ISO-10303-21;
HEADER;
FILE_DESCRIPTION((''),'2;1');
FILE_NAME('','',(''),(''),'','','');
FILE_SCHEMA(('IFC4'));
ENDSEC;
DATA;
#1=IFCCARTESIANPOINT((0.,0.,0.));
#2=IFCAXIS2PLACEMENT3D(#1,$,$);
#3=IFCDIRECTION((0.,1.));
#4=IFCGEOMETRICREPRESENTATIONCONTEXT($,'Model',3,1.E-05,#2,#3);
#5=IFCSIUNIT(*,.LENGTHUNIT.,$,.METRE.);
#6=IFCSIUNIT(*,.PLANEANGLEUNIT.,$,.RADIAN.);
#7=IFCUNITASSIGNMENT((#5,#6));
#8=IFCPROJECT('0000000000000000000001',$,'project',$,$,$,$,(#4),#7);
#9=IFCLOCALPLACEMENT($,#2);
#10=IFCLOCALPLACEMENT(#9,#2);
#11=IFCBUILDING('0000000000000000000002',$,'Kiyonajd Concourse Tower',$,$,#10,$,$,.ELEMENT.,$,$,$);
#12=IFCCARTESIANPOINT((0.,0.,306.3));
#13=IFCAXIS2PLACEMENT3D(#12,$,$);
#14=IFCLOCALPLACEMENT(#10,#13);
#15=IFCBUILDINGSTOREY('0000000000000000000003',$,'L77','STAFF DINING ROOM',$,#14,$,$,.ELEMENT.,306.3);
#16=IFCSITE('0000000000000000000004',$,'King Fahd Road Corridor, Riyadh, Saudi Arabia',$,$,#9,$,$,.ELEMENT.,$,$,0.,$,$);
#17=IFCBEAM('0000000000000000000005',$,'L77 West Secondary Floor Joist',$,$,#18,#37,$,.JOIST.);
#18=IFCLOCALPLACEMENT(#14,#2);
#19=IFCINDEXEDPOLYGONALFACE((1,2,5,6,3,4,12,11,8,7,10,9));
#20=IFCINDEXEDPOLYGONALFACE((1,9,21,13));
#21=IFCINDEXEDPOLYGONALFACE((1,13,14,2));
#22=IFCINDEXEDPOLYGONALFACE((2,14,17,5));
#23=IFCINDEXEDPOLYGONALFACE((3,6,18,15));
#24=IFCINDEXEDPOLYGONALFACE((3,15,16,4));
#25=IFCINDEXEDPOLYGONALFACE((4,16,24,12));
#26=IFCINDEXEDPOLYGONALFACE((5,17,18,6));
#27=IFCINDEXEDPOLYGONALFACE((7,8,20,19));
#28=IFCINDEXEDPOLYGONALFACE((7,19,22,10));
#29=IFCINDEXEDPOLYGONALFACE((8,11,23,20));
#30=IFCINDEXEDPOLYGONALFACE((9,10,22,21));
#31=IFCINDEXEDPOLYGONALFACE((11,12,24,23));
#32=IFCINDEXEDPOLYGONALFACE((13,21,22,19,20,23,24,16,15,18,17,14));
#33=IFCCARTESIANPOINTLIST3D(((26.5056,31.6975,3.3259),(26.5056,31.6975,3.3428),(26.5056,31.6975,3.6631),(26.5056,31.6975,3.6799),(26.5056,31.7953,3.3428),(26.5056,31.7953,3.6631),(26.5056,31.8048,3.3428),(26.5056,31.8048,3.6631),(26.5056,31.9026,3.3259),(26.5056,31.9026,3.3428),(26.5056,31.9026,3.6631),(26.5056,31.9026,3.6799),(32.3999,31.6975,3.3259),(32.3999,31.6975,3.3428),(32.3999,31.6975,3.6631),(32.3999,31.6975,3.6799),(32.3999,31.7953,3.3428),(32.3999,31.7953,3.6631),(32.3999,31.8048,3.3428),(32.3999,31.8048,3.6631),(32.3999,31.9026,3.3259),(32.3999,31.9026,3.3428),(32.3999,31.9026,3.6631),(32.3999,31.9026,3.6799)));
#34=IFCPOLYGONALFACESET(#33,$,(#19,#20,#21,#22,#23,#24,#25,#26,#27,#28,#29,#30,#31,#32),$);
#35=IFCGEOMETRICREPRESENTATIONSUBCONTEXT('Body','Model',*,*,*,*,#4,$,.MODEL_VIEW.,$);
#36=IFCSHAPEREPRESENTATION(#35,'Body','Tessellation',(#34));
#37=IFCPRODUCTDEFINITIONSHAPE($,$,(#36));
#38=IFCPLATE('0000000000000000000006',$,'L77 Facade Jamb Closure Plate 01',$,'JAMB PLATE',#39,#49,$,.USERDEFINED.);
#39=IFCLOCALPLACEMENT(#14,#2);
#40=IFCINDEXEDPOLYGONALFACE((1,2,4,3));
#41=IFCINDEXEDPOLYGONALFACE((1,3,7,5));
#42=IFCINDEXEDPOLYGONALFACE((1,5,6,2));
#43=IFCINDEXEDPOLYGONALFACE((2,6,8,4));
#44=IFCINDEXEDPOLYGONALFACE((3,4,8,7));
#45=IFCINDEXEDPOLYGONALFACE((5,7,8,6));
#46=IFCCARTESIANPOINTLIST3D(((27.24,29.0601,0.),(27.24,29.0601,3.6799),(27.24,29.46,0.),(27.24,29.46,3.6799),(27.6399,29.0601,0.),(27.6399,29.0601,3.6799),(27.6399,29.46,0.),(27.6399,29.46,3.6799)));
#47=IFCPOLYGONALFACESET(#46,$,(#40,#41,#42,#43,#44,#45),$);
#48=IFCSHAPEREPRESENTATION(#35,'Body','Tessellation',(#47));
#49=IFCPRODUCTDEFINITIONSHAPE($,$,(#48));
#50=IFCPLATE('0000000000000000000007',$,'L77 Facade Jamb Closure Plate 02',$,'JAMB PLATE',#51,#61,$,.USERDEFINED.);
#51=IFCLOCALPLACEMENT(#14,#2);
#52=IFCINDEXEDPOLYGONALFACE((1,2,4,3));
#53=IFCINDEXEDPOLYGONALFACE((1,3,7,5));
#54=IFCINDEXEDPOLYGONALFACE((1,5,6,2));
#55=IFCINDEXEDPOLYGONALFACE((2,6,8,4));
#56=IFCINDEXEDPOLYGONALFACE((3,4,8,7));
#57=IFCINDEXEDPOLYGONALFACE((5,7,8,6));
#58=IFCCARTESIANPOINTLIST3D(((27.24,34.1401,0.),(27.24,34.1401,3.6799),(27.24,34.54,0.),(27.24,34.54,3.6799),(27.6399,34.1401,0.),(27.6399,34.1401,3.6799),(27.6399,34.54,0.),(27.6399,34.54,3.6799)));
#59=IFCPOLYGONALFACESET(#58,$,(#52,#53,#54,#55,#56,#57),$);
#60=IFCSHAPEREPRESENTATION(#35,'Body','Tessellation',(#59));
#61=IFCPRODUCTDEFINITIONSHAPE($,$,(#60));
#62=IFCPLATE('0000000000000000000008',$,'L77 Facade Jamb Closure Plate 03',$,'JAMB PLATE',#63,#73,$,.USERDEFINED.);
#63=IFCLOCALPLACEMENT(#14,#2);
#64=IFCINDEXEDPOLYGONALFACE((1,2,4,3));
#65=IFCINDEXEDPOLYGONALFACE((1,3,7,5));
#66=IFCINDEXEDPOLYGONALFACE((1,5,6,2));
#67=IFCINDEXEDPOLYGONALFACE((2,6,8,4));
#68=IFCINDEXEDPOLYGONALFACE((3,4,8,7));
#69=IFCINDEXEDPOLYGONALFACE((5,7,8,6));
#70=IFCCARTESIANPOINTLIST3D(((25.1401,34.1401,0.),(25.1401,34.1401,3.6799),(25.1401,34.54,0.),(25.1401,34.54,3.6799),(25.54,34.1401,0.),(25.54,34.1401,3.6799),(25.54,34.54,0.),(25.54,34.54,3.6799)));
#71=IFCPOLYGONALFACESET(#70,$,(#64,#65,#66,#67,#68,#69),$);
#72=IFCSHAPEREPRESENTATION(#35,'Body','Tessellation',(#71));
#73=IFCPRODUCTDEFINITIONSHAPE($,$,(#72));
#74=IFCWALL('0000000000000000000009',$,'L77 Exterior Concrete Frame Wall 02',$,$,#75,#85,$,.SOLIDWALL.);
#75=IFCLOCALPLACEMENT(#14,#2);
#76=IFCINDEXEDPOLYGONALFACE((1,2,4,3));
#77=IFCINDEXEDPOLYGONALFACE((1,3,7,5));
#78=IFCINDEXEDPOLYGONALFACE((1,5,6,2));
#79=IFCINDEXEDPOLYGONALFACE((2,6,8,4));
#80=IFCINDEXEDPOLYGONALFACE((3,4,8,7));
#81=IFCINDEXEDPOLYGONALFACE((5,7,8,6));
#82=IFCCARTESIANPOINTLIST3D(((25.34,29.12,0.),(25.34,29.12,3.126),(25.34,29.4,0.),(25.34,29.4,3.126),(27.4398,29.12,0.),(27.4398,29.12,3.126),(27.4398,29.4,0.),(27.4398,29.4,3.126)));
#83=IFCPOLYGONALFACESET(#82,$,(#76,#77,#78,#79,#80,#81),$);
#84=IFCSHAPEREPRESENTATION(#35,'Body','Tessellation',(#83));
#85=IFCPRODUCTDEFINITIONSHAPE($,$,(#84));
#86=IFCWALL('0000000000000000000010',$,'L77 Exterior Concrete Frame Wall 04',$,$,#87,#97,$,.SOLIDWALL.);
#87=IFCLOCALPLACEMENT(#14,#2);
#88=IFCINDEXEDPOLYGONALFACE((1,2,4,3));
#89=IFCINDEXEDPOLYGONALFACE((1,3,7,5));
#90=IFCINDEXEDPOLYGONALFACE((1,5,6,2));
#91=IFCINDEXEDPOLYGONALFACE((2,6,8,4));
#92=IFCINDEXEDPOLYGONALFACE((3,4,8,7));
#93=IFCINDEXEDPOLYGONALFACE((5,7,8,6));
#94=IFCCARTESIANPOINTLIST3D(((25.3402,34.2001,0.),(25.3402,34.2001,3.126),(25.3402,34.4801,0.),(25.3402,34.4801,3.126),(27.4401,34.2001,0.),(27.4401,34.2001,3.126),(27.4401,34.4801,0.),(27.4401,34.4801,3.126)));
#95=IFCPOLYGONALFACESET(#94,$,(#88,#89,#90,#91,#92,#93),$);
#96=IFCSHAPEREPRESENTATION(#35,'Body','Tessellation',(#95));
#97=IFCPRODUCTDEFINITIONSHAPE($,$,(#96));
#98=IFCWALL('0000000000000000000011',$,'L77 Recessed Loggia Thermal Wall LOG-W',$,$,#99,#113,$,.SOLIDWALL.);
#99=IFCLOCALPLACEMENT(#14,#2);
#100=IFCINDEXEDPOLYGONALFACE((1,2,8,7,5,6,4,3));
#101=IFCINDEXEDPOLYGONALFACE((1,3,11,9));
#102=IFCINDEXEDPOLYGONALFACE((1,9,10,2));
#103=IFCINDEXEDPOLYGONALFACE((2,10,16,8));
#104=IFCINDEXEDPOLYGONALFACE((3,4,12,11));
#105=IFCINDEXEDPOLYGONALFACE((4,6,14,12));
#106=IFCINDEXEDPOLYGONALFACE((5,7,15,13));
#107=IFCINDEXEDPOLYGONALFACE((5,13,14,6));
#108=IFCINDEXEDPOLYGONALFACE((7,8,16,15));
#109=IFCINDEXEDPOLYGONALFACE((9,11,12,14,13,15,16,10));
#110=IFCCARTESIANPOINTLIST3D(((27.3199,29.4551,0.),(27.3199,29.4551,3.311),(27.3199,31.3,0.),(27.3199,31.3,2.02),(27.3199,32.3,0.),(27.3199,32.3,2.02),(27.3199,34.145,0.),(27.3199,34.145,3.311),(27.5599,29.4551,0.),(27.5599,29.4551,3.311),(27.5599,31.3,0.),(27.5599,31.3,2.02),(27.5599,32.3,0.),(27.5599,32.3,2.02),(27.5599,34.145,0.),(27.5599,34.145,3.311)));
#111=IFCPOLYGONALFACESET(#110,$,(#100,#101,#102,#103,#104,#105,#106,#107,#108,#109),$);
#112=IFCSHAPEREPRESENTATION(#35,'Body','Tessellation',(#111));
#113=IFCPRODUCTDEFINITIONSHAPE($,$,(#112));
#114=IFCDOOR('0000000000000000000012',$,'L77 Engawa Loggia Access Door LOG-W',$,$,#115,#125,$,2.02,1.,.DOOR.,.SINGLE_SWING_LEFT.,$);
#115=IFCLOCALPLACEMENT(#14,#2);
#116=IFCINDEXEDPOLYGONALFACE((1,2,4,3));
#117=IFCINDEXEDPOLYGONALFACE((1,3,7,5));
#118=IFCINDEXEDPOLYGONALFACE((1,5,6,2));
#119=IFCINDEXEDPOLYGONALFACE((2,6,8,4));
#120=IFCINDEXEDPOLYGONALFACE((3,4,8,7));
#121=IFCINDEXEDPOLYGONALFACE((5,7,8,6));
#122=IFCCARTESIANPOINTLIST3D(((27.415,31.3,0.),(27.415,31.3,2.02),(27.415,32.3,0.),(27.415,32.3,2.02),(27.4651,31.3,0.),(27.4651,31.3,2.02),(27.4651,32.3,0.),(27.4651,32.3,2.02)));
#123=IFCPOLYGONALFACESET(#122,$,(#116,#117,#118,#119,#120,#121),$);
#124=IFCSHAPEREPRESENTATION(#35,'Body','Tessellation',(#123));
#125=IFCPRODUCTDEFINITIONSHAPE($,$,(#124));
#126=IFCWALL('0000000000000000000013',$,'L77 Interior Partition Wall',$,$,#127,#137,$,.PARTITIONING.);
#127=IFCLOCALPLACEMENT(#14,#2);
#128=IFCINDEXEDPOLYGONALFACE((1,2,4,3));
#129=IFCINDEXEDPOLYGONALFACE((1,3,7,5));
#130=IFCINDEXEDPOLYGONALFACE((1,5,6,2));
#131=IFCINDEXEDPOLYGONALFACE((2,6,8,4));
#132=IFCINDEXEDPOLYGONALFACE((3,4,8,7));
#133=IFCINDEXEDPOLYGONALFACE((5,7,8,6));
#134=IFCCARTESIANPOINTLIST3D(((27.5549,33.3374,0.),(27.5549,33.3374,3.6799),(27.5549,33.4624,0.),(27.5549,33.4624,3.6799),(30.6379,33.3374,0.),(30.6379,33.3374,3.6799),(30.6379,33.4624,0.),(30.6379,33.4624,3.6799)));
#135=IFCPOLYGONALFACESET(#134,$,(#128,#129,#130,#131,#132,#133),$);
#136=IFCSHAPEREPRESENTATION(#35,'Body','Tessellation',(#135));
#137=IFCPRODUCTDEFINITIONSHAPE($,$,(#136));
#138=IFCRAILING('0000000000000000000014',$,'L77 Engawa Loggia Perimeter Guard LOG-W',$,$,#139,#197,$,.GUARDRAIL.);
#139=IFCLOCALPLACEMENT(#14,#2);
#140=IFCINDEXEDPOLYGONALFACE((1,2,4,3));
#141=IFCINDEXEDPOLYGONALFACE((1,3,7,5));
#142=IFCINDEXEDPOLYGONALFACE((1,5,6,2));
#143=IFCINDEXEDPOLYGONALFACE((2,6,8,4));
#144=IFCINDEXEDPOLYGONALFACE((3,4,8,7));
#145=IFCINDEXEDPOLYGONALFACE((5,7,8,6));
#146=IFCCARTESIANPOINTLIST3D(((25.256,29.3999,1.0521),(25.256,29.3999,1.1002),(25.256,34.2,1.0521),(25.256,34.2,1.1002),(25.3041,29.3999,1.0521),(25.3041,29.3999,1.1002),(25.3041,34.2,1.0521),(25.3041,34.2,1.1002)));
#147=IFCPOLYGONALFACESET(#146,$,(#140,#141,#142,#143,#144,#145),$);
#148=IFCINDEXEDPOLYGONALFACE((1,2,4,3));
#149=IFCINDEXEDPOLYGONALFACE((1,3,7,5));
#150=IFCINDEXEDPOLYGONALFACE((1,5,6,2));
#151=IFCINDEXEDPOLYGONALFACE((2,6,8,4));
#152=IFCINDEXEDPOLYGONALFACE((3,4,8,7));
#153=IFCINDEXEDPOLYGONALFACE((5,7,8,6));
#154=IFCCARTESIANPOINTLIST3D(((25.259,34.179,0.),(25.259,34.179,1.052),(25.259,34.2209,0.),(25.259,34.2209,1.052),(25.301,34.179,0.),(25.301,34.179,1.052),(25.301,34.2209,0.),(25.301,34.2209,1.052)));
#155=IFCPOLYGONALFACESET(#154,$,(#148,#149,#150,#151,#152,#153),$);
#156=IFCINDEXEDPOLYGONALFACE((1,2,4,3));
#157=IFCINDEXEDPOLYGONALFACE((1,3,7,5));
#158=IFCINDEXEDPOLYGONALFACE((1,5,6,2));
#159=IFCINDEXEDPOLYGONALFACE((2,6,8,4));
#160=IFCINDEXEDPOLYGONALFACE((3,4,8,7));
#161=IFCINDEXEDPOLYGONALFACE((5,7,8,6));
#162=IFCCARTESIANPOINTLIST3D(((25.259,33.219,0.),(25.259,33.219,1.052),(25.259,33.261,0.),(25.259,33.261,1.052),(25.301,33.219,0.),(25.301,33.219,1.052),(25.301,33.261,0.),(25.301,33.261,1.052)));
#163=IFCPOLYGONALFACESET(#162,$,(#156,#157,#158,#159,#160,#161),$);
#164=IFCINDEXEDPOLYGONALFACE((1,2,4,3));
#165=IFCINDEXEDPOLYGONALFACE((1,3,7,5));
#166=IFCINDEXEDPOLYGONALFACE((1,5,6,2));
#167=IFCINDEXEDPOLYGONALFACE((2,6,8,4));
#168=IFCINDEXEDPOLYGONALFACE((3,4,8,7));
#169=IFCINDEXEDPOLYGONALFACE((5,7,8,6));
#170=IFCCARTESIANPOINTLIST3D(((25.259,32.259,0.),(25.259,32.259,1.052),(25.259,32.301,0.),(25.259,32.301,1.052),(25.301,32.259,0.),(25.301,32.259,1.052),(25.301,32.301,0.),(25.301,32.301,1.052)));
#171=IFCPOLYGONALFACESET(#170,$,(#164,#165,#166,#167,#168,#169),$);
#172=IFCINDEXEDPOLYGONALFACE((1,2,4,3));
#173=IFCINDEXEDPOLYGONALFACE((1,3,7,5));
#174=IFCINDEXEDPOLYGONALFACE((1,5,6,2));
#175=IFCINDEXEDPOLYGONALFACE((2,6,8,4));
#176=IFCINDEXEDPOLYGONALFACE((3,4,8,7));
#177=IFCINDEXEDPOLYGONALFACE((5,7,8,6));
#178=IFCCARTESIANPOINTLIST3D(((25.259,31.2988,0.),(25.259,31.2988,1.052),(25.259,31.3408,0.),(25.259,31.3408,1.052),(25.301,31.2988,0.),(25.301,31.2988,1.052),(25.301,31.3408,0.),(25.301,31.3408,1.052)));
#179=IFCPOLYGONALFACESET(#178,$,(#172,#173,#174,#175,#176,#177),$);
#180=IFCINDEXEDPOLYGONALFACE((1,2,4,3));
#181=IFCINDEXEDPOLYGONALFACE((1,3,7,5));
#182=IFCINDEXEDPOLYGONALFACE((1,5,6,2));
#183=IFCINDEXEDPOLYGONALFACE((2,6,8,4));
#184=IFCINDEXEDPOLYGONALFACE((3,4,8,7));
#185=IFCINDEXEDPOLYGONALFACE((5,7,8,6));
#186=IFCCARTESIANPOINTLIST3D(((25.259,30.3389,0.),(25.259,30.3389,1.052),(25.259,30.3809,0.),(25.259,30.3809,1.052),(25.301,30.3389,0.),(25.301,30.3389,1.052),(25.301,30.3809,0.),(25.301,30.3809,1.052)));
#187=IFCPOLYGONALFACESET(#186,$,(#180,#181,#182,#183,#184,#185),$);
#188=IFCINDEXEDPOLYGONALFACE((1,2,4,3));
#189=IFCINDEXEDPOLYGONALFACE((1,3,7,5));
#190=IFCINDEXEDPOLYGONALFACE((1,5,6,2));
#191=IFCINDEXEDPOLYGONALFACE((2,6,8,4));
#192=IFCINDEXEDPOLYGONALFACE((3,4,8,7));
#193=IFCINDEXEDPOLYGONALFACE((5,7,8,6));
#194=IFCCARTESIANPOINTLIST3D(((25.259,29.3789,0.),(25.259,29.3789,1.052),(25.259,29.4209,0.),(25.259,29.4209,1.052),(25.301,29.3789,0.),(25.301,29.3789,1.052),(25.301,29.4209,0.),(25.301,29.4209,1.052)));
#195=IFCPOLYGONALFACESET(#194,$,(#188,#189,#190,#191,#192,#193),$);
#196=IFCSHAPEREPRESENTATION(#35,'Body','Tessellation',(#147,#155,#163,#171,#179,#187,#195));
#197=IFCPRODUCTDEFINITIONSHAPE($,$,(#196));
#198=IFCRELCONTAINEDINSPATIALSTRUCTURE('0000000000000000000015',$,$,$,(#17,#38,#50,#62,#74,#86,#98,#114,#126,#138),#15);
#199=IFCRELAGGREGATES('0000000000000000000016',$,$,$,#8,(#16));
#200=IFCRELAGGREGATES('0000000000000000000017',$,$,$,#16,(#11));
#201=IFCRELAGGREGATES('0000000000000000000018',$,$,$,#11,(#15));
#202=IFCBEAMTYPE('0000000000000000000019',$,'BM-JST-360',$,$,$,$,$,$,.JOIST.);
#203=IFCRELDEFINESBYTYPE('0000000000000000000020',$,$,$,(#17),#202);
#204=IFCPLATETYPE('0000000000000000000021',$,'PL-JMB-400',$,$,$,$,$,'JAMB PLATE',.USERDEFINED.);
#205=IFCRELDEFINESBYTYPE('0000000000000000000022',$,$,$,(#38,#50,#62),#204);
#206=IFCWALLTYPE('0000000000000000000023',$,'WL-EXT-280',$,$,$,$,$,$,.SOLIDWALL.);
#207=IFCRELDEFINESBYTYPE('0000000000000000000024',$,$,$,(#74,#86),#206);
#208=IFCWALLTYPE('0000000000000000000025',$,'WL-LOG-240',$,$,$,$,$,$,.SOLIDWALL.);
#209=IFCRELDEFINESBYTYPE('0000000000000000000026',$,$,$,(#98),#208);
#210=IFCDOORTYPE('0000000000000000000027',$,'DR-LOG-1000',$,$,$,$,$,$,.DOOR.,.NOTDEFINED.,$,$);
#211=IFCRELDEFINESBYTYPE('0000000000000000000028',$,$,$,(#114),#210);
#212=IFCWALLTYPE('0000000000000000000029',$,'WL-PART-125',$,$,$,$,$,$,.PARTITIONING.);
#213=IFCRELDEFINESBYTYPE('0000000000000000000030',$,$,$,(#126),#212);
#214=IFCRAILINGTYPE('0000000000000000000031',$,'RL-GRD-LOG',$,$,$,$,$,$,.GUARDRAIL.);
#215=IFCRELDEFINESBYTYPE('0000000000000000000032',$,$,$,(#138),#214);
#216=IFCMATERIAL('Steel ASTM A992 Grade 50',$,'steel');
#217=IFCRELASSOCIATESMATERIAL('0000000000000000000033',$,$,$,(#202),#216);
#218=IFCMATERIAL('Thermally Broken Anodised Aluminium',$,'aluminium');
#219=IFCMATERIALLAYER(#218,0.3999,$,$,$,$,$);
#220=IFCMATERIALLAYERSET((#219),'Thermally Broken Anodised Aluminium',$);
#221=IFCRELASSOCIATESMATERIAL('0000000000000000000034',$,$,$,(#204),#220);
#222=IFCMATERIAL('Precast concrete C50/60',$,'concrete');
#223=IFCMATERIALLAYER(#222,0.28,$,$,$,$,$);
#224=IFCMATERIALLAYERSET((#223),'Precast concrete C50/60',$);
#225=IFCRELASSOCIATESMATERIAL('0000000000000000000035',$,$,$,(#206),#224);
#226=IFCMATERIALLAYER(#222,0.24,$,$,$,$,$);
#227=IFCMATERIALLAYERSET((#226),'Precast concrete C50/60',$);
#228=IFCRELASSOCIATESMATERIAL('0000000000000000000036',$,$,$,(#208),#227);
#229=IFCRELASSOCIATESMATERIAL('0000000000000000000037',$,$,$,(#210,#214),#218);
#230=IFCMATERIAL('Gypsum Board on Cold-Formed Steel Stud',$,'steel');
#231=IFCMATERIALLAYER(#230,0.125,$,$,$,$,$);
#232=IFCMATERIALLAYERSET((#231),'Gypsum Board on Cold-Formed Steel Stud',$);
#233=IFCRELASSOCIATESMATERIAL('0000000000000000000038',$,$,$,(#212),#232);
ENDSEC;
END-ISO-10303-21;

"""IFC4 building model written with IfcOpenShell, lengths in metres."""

from ifc_helpers import new_model, si_unit, direction, frame, frame_2d, origin, origin_2d, place, context, subcontext, project, spatial, rectangle, i_section, extrude, material, layer, layer_set, material_profile, profile_set, type_object, element, fill, save


model = new_model("IFC4")

# Units and contexts
model_context = context("Model", 3, precision=1e-05, world=origin(), true_north=direction((0.0, 1.0)))
body_context = subcontext(model_context, "Body", "Model", "MODEL_VIEW")
ifc_project = project(units=[si_unit("LENGTHUNIT", "METRE"), si_unit("PLANEANGLEUNIT", "RADIAN")], contexts=[model_context])

# Site, building, storey
site_placement = place(None, origin())
site = spatial("IfcSite", under=ifc_project, at=site_placement, Name="King Fahd Road Corridor, Riyadh, Saudi Arabia", CompositionType="ELEMENT", RefElevation=0.0)
building_placement = place(site_placement, origin())
building = spatial("IfcBuilding", under=site, at=building_placement, Name="Kiyonajd Concourse Tower", CompositionType="ELEMENT")
storey_placement = place(building_placement, frame((0.0, 0.0, 306.3)))
storey = spatial("IfcBuildingStorey", under=building, at=storey_placement, Name="L77", Description="STAFF DINING ROOM", CompositionType="ELEMENT", Elevation=306.3)

# Beam
ifc_material_1 = material(Name="Steel ASTM A992 Grade 50", Category="steel")
ifc_material_profile = material_profile(ifc_material_1, i_section(OverallWidth=0.2051, OverallDepth=0.354, WebThickness=0.0095, FlangeThickness=0.0168, at=origin_2d()), Name="W360X79")
ifc_profile_set = profile_set([ifc_material_profile], Name="Steel ASTM A992 Grade 50")
beam_type = type_object("IfcBeamType", Name="BM-JST-360", PredefinedType="JOIST", material=ifc_profile_set)
beam_placement = place(storey_placement, frame((26.5056, 31.8, 3.5029), z_axis=(1.0, 0.0, 0.0), x_axis=(0.0, 1.0, 0.0)))
element("IfcBeam", 1, at=beam_placement, inside=storey, type_object=beam_type, Name="L77 West Secondary Floor Joist", PredefinedType="JOIST", context=body_context, shape_type="SweptSolid", body=[
    extrude(i_section(OverallWidth=0.2051, OverallDepth=0.354, WebThickness=0.0095, FlangeThickness=0.0168, at=origin_2d()), origin(), (0.0, 0.0, 1.0), 5.8943),
])

# Plates
ifc_material_2 = material(Name="Thermally Broken Anodised Aluminium", Category="aluminium")
ifc_layer_1 = layer(ifc_material_2, 0.3999)
ifc_layer_set_1 = layer_set([ifc_layer_1], Name="Thermally Broken Anodised Aluminium")
plate_type = type_object("IfcPlateType", Name="PL-JMB-400", ElementType="JAMB PLATE", PredefinedType="USERDEFINED", material=ifc_layer_set_1)
for number, where, z_axis, x_axis, name in (
    (2, (27.4399, 29.26, 0.0), (0.0, 0.0, 1.0), (1.0, 0.0, 0.0), "L77 Facade Jamb Closure Plate 01"),
    (3, (27.4399, 34.3401, 0.0), (0.0, 0.0, 1.0), (1.0, 0.0, 0.0), "L77 Facade Jamb Closure Plate 02"),
    (4, (25.3401, 34.3401, 0.0), (0.0, 0.0, 1.0), (1.0, 0.0, 0.0), "L77 Facade Jamb Closure Plate 03"),
):
    element("IfcPlate", number, at=place(storey_placement, frame(where, z_axis=z_axis, x_axis=x_axis)), inside=storey, type_object=plate_type, Name=name, ObjectType="JAMB PLATE", PredefinedType="USERDEFINED", context=body_context, shape_type="SweptSolid", body=[
        extrude(rectangle(XDim=0.3999, YDim=0.3999, at=origin_2d()), origin(), (0.0, 0.0, 1.0), 3.6799),
    ])

# Walls
ifc_material_3 = material(Name="Precast concrete C50/60", Category="concrete")
ifc_layer_2 = layer(ifc_material_3, 0.28)
ifc_layer_set_2 = layer_set([ifc_layer_2], Name="Precast concrete C50/60")
wall_type_1 = type_object("IfcWallType", Name="WL-EXT-280", PredefinedType="SOLIDWALL", material=ifc_layer_set_2)
for number, where, z_axis, x_axis, name in (
    (5, (25.3401, 29.26, 0.0), (0.0, 0.0, 1.0), (1.0, 0.0, 0.0), "L77 Exterior Concrete Frame Wall 02"),
    (6, (27.4399, 34.3401, 0.0), (0.0, 0.0, 1.0), (-1.0, 0.0, 0.0), "L77 Exterior Concrete Frame Wall 04"),
):
    element("IfcWall", number, at=place(storey_placement, frame(where, z_axis=z_axis, x_axis=x_axis)), inside=storey, type_object=wall_type_1, Name=name, PredefinedType="SOLIDWALL", context=body_context, shape_type="SweptSolid", body=[
        extrude(rectangle(XDim=2.0999, YDim=0.28, at=frame_2d((1.0498, 0.0))), origin(), (0.0, 0.0, 1.0), 3.126),
    ])

# Wall, opening, door
ifc_layer_3 = layer(ifc_material_3, 0.24)
ifc_layer_set_3 = layer_set([ifc_layer_3], Name="Precast concrete C50/60")
wall_type_2 = type_object("IfcWallType", Name="WL-LOG-240", PredefinedType="SOLIDWALL", material=ifc_layer_set_3)
wall_1_placement = place(storey_placement, frame((27.4399, 29.4551, 0.0), z_axis=(0.0, 0.0, 1.0), x_axis=(0.0, 1.0, 0.0)))
wall_1 = element("IfcWall", 7, at=wall_1_placement, inside=storey, type_object=wall_type_2, Name="L77 Recessed Loggia Thermal Wall LOG-W", PredefinedType="SOLIDWALL", context=body_context, shape_type="SweptSolid", body=[
    extrude(rectangle(XDim=4.6899, YDim=0.24, at=frame_2d((2.345, 0.0))), origin(), (0.0, 0.0, 1.0), 3.311),
])
opening_placement = place(wall_1_placement, frame((1.845, 0.0, 0.0)))
opening = element("IfcOpeningElement", 8, at=opening_placement, cuts=wall_1, PredefinedType="OPENING", context=body_context, shape_type="SweptSolid", body=[
    extrude(rectangle(XDim=1.0, YDim=2.02, at=frame_2d((0.5, 1.01))), frame((0.0, 0.1299, 0.0), z_axis=(0.0, -1.0, 0.0), x_axis=(1.0, 0.0, 0.0)), (0.0, 0.0, 1.0), 0.26),
])
door_type = type_object("IfcDoorType", Name="DR-LOG-1000", OperationType="NOTDEFINED", PredefinedType="DOOR", material=ifc_material_2)
door_placement = place(opening_placement, origin())
door = element("IfcDoor", 9, at=door_placement, inside=storey, type_object=door_type, Name="L77 Engawa Loggia Access Door LOG-W", OperationType="SINGLE_SWING_LEFT", OverallHeight=2.02, OverallWidth=1.0, PredefinedType="DOOR", context=body_context, shape_type="SweptSolid", body=[
    extrude(rectangle(XDim=1.0, YDim=2.02, at=frame_2d((0.5, 1.01))), frame((0.0, 0.0249, 0.0), z_axis=(0.0, -1.0, 0.0), x_axis=(1.0, 0.0, 0.0)), (0.0, 0.0, 1.0), 0.05),
])
fill(opening, door)

# Wall
ifc_material_4 = material(Name="Gypsum Board on Cold-Formed Steel Stud", Category="steel")
ifc_layer_4 = layer(ifc_material_4, 0.125)
ifc_layer_set_4 = layer_set([ifc_layer_4], Name="Gypsum Board on Cold-Formed Steel Stud")
wall_type_3 = type_object("IfcWallType", Name="WL-PART-125", PredefinedType="PARTITIONING", material=ifc_layer_set_4)
wall_2_placement = place(storey_placement, frame((27.5549, 33.3999, 0.0), z_axis=(0.0, 0.0, 1.0), x_axis=(1.0, 0.0, 0.0)))
element("IfcWall", 10, at=wall_2_placement, inside=storey, type_object=wall_type_3, Name="L77 Interior Partition Wall", PredefinedType="PARTITIONING", context=body_context, shape_type="SweptSolid", body=[
    extrude(rectangle(XDim=3.083, YDim=0.125, at=frame_2d((1.5415, 0.0))), origin(), (0.0, 0.0, 1.0), 3.6799),
])

# Railing
railing_type = type_object("IfcRailingType", Name="RL-GRD-LOG", PredefinedType="GUARDRAIL", material=ifc_material_2)
railing_placement = place(storey_placement, frame((25.28, 34.2, 0.0)))
element("IfcRailing", 11, at=railing_placement, inside=storey, type_object=railing_type, Name="L77 Engawa Loggia Perimeter Guard LOG-W", PredefinedType="GUARDRAIL", context=body_context, shape_type="SweptSolid", body=[
    extrude(rectangle(XDim=0.0481, YDim=0.0481, at=origin_2d()), frame((0.0, 0.0, 1.0762), z_axis=(0.0, -1.0, 0.0), x_axis=(1.0, 0.0, 0.0)), (0.0, 0.0, 1.0), 4.8),
    extrude(rectangle(XDim=0.042, YDim=0.042, at=origin_2d()), origin(), (0.0, 0.0, 1.0), 1.052),
    extrude(rectangle(XDim=0.042, YDim=0.042, at=origin_2d()), frame((0.0, -0.96, 0.0)), (0.0, 0.0, 1.0), 1.052),
    extrude(rectangle(XDim=0.042, YDim=0.042, at=origin_2d()), frame((0.0, -1.9199, 0.0)), (0.0, 0.0, 1.0), 1.052),
    extrude(rectangle(XDim=0.042, YDim=0.042, at=origin_2d()), frame((0.0, -2.8801, 0.0)), (0.0, 0.0, 1.0), 1.052),
    extrude(rectangle(XDim=0.042, YDim=0.042, at=origin_2d()), frame((0.0, -3.8401, 0.0)), (0.0, 0.0, 1.0), 1.052),
    extrude(rectangle(XDim=0.042, YDim=0.042, at=origin_2d()), frame((0.0, -4.8, 0.0)), (0.0, 0.0, 1.0), 1.052),
])

save(model, "model.ifc")
